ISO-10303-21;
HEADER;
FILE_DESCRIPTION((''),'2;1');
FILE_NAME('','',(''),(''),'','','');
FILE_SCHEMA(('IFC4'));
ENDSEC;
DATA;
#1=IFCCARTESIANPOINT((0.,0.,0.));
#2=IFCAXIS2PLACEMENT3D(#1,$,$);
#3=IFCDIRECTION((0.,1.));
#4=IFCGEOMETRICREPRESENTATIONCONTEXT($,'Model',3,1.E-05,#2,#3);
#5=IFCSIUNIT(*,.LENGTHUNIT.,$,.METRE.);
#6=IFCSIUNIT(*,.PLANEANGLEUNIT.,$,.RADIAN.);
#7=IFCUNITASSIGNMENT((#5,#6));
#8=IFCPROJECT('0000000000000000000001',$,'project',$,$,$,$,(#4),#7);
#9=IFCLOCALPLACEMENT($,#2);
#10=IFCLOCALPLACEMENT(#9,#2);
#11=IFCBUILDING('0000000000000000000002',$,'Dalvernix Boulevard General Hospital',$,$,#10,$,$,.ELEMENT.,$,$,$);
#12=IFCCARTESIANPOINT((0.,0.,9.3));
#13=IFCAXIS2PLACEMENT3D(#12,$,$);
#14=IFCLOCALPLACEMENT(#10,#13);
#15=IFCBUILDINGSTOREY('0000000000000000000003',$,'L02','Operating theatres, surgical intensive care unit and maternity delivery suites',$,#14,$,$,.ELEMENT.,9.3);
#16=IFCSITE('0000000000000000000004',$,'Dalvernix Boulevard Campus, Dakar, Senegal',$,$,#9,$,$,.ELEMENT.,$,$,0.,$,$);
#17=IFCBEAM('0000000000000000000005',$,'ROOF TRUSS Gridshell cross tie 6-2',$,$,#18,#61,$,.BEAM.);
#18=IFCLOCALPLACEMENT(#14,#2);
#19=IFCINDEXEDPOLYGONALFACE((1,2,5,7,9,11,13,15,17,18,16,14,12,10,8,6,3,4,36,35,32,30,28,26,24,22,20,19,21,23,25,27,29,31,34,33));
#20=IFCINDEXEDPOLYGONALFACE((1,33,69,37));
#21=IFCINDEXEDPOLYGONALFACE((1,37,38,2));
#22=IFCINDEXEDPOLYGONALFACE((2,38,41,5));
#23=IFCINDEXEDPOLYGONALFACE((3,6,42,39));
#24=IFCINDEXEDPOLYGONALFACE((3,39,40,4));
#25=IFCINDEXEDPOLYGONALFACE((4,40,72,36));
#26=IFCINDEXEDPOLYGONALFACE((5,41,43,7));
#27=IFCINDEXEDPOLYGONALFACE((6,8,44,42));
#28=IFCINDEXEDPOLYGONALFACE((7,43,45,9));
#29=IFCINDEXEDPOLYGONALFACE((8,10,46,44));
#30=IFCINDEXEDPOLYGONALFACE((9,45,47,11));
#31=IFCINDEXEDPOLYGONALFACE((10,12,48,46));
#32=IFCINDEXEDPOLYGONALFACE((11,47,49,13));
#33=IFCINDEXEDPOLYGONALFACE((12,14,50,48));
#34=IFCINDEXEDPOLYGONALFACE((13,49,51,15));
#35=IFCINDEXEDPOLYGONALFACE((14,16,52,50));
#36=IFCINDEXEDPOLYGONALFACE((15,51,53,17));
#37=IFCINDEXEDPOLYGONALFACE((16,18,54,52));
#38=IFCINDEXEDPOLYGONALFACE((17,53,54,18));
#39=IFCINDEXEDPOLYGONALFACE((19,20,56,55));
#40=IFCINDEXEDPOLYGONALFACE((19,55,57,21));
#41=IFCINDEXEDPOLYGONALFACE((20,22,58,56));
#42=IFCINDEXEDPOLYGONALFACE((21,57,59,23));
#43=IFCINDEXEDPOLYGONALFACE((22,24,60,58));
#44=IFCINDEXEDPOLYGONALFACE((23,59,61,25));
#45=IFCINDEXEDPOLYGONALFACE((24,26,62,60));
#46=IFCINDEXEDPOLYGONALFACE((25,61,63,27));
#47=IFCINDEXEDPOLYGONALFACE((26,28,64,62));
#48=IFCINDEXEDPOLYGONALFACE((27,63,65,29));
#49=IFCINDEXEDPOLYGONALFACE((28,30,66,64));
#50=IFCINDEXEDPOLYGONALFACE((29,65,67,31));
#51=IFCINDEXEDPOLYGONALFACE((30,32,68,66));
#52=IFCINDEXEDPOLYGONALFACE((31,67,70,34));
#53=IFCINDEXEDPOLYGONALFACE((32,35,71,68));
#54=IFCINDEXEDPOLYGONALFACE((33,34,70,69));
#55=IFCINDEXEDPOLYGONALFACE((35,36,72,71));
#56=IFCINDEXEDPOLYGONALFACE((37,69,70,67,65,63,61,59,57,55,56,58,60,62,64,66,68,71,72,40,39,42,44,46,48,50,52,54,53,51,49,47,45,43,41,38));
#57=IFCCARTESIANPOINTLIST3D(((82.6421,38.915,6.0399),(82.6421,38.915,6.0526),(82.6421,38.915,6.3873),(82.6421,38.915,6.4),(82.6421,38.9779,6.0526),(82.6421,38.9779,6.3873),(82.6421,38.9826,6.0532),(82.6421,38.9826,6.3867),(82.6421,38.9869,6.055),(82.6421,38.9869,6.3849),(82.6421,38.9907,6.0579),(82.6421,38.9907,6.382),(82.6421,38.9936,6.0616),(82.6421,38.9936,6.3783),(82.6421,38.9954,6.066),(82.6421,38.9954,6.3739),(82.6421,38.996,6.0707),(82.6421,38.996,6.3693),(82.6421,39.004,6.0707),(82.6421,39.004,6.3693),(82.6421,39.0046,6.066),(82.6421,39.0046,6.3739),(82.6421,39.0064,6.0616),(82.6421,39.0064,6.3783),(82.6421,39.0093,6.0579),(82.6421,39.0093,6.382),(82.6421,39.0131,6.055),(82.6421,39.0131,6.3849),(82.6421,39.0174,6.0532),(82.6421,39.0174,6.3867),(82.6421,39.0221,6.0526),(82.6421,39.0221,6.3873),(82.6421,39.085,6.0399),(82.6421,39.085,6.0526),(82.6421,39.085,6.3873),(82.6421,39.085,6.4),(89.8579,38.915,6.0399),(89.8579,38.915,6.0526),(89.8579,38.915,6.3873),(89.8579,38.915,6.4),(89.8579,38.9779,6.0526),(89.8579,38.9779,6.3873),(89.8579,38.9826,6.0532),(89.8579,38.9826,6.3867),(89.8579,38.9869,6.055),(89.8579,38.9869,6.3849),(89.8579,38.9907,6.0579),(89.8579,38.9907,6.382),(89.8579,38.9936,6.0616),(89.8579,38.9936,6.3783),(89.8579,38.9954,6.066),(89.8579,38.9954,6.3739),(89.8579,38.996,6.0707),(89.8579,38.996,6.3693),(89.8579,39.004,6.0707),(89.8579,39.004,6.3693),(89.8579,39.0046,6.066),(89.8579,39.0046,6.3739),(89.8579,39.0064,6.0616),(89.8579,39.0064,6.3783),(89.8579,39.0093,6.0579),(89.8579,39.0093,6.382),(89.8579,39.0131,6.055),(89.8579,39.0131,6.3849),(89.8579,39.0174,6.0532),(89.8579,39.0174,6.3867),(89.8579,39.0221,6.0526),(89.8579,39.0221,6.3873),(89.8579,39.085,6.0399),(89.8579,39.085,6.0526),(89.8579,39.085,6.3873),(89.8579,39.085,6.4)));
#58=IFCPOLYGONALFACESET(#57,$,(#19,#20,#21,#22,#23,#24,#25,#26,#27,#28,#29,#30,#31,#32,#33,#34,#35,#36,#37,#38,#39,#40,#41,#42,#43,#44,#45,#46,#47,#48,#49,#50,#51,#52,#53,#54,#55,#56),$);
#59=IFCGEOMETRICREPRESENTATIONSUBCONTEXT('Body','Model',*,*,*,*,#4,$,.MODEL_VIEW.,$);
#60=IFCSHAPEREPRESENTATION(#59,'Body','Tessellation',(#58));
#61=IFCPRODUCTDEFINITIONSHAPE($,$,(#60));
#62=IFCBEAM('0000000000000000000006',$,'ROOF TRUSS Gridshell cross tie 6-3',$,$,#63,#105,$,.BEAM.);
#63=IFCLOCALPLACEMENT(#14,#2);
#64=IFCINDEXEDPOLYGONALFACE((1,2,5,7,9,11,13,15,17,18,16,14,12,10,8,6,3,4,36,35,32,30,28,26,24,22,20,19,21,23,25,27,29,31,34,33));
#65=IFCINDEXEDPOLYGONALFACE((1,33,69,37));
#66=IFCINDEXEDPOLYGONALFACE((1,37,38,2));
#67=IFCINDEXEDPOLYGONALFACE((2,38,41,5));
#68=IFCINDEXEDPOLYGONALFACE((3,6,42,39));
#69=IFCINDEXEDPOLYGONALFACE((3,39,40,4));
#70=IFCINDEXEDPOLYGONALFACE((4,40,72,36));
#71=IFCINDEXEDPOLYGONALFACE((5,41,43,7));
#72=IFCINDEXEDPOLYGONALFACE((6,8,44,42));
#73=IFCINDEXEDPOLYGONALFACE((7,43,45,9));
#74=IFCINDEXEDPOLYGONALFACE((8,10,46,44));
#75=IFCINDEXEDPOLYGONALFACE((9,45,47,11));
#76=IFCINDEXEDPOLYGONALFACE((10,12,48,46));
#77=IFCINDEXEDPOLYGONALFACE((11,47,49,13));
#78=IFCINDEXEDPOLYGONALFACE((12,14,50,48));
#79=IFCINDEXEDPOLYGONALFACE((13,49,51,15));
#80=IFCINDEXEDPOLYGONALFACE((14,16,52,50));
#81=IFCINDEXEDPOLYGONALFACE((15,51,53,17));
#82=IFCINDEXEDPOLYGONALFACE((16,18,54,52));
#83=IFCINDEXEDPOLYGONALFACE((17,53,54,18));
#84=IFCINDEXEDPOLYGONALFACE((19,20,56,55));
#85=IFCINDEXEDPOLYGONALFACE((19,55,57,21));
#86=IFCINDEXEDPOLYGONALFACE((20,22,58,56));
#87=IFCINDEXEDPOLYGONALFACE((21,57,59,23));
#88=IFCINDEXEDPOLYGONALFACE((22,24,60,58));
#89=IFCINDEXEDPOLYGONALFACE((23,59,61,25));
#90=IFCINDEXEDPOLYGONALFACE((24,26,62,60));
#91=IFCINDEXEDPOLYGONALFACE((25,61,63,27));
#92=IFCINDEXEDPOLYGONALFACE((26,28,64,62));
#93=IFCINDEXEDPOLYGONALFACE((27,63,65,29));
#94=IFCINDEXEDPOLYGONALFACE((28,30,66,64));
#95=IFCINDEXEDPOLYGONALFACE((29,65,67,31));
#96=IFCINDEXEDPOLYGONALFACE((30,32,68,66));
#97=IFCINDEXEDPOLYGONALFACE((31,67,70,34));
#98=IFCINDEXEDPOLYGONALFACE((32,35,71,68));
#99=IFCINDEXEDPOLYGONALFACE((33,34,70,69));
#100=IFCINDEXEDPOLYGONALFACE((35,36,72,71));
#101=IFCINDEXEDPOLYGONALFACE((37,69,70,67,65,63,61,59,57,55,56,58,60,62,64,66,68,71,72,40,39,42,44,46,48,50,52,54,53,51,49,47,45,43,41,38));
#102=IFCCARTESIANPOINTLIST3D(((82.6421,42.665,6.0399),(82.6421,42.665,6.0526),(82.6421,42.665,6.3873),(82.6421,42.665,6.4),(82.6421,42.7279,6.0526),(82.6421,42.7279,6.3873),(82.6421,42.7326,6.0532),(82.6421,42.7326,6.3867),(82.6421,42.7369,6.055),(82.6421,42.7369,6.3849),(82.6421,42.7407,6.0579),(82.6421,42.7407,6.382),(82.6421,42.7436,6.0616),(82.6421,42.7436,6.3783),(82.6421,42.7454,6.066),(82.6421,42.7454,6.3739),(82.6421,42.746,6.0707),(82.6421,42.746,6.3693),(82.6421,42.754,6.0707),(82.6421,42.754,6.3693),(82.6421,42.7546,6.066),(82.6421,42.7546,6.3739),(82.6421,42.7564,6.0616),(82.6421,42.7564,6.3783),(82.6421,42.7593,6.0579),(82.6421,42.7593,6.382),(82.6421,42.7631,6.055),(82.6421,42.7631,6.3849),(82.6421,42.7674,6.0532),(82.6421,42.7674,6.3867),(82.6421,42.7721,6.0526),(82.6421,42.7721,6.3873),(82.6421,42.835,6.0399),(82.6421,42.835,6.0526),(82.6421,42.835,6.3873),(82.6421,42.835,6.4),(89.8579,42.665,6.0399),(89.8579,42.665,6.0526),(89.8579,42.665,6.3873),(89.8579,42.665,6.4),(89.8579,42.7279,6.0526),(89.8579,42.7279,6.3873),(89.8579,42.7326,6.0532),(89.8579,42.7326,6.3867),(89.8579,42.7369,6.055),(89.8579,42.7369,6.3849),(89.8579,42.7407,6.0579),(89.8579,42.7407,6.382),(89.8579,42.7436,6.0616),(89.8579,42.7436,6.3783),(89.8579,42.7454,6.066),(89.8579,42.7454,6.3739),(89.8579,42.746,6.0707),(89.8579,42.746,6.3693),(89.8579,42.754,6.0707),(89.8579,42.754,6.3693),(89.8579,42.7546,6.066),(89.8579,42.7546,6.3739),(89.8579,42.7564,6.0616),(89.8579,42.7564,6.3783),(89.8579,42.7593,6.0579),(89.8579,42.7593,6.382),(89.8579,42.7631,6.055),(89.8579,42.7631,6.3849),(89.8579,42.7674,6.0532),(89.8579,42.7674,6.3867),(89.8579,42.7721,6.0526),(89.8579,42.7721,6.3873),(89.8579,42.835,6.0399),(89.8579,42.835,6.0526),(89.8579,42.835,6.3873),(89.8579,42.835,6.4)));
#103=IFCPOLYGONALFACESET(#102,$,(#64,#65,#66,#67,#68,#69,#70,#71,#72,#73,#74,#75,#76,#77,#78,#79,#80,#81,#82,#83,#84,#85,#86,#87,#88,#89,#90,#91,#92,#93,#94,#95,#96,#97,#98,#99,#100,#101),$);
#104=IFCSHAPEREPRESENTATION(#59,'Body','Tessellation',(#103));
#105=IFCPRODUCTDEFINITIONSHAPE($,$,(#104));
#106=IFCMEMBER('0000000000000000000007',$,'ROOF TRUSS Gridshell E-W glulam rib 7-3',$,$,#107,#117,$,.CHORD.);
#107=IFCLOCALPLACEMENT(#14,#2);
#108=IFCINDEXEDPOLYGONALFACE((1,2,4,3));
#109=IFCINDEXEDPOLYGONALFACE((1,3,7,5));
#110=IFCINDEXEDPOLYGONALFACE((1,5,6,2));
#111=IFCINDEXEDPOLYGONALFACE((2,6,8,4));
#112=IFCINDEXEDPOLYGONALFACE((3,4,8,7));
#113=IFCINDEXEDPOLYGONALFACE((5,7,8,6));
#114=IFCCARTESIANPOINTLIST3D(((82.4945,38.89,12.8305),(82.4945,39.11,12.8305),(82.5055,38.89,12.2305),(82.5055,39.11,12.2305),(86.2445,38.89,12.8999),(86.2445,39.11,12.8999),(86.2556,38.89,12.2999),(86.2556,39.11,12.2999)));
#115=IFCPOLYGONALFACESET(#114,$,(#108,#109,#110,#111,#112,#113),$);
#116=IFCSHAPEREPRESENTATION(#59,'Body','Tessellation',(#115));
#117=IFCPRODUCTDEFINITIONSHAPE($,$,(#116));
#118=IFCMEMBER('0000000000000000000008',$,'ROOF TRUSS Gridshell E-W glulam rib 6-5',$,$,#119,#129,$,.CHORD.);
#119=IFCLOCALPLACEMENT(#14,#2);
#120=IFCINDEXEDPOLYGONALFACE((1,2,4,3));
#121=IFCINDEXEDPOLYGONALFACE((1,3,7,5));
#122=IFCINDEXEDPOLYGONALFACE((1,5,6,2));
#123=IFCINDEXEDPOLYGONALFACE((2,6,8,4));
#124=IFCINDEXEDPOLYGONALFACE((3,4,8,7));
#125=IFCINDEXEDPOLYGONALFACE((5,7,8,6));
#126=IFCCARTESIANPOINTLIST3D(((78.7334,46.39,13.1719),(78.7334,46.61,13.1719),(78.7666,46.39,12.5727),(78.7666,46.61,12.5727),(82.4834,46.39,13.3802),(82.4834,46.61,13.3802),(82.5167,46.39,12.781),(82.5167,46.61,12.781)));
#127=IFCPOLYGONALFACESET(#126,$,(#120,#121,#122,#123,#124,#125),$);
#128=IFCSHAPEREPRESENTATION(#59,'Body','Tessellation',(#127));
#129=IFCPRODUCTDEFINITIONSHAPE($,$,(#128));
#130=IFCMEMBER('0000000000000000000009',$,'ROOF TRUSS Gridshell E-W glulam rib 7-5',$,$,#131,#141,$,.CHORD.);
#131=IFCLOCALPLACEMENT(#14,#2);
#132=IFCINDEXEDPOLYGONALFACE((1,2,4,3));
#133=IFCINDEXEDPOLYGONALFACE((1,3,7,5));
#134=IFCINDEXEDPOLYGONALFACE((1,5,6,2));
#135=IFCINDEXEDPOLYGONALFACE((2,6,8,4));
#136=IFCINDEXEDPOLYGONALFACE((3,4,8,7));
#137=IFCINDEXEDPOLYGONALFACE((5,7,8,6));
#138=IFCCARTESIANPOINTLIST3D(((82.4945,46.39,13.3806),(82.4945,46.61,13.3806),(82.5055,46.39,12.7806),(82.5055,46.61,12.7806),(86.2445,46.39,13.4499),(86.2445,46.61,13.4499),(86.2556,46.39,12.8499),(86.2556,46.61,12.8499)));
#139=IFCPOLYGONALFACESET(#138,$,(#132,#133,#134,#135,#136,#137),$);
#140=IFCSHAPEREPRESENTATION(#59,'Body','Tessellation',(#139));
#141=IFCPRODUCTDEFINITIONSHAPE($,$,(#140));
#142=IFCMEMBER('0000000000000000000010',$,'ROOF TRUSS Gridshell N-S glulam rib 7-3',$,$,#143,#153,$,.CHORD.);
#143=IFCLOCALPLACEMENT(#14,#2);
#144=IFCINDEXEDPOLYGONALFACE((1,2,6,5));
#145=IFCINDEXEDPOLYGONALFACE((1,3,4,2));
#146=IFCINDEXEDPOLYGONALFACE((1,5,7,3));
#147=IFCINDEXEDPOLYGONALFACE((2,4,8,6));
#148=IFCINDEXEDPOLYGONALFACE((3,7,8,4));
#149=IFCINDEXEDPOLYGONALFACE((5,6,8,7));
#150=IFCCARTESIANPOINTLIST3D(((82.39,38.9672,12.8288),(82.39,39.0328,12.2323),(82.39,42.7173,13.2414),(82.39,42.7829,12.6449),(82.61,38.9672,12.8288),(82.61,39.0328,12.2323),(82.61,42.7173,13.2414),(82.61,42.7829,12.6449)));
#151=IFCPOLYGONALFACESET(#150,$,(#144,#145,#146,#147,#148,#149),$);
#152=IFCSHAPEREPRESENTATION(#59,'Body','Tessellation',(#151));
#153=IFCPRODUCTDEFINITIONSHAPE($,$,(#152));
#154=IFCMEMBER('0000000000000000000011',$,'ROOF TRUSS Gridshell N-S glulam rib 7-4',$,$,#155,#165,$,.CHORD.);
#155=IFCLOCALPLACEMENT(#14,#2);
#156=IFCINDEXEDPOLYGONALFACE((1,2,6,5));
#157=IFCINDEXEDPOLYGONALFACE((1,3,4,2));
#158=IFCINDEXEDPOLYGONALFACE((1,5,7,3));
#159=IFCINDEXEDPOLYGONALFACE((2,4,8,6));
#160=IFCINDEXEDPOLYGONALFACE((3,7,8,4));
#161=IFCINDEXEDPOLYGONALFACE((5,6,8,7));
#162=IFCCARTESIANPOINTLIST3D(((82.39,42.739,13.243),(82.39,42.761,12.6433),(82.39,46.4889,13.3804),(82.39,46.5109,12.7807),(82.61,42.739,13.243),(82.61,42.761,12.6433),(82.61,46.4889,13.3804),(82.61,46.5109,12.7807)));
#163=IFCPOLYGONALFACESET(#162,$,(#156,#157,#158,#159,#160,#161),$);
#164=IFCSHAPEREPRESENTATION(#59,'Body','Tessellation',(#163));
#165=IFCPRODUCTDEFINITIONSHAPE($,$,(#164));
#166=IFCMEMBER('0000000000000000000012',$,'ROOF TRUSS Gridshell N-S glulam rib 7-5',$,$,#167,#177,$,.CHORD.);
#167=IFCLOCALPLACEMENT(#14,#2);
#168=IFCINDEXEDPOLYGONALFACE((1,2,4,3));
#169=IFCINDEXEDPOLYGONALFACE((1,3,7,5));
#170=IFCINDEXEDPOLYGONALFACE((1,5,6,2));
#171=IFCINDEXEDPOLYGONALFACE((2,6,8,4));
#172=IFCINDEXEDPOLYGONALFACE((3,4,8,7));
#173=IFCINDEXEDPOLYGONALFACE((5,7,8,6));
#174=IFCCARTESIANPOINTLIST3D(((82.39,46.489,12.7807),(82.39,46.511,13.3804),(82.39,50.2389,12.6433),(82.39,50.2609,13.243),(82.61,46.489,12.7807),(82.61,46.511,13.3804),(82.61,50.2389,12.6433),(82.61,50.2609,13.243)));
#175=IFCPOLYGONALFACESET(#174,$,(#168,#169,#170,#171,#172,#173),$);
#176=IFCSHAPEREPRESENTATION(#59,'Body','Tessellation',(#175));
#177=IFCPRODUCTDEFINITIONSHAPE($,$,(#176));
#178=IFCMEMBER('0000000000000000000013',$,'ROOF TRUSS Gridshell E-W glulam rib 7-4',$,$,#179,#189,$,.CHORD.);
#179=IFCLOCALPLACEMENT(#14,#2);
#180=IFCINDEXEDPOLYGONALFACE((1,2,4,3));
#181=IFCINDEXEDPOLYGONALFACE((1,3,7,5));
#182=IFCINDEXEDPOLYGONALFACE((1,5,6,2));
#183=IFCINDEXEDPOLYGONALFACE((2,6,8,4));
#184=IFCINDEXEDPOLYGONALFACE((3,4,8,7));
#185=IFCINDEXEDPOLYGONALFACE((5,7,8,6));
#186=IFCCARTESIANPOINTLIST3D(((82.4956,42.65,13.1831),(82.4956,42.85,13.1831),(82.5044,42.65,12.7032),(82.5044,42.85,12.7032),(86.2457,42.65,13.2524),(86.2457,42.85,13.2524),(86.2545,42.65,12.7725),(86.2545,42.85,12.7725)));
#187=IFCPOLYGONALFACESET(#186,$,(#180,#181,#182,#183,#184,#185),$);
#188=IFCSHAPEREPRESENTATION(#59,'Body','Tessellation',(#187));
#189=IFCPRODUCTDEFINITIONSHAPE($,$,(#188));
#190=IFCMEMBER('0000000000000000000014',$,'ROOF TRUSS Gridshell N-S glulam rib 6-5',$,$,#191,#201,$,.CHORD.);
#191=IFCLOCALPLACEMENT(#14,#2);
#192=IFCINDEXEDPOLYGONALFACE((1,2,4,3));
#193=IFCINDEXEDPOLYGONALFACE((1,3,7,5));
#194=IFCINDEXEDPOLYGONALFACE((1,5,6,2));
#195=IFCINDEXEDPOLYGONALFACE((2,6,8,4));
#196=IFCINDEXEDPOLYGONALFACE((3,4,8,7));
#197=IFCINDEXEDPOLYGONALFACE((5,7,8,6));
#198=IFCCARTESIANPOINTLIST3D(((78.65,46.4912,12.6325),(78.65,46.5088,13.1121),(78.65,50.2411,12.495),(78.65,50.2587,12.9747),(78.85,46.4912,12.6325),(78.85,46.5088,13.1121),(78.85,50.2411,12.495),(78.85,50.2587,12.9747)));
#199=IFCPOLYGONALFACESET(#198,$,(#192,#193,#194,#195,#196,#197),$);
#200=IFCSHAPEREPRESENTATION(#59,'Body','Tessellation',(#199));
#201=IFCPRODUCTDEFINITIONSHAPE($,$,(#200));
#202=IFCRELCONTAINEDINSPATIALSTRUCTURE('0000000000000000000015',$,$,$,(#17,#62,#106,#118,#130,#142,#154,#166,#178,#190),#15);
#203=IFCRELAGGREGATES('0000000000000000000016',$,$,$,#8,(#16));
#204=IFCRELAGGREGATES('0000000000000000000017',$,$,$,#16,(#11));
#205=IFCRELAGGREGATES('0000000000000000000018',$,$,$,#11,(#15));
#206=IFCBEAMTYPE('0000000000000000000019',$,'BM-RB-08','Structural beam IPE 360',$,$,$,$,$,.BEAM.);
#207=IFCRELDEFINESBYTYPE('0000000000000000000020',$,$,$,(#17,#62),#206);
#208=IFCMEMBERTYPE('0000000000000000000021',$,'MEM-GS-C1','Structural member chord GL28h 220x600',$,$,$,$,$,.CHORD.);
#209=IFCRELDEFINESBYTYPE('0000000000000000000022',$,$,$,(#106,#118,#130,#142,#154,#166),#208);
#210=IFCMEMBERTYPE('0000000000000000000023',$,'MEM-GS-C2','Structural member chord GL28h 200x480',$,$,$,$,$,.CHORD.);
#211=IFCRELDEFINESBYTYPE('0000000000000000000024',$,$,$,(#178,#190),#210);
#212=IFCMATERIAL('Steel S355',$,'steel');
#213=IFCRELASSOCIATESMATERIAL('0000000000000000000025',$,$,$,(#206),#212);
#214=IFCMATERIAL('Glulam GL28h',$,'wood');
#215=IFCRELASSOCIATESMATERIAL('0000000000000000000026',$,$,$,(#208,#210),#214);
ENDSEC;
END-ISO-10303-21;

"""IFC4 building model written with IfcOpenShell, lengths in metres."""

from ifc_helpers import new_model, si_unit, direction, frame, origin, origin_2d, place, context, subcontext, project, spatial, rectangle, i_section, extrude, material, material_profile, profile_set, type_object, element, save


model = new_model("IFC4")

# Units and contexts
model_context = context("Model", 3, precision=1e-05, world=origin(), true_north=direction((0.0, 1.0)))
body_context = subcontext(model_context, "Body", "Model", "MODEL_VIEW")
ifc_project = project(units=[si_unit("LENGTHUNIT", "METRE"), si_unit("PLANEANGLEUNIT", "RADIAN")], contexts=[model_context])

# Site, building, storey
site_placement = place(None, origin())
site = spatial("IfcSite", under=ifc_project, at=site_placement, Name="Dalvernix Boulevard Campus, Dakar, Senegal", CompositionType="ELEMENT", RefElevation=0.0)
building_placement = place(site_placement, origin())
building = spatial("IfcBuilding", under=site, at=building_placement, Name="Dalvernix Boulevard General Hospital", CompositionType="ELEMENT")
storey_placement = place(building_placement, frame((0.0, 0.0, 9.3)))
storey = spatial("IfcBuildingStorey", under=building, at=storey_placement, Name="L02", Description="Operating theatres, surgical intensive care unit and maternity delivery suites", CompositionType="ELEMENT", Elevation=9.3)

# Beams
ifc_material_1 = material(Name="Steel S355", Category="steel")
ifc_material_profile_1 = material_profile(ifc_material_1, i_section(OverallWidth=0.1699, OverallDepth=0.3601, WebThickness=0.0081, FlangeThickness=0.0127, FilletRadius=0.0181, at=origin_2d()), Name="IPE 360")
ifc_profile_set_1 = profile_set([ifc_material_profile_1], Name="Steel S355")
beam_type = type_object("IfcBeamType", Name="BM-RB-08", Description="Structural beam IPE 360", PredefinedType="BEAM", material=ifc_profile_set_1)
for number, where, z_axis, x_axis, name in (
    (1, (82.6421, 39.0, 6.22), (1.0, 0.0, 0.0), (0.0, 1.0, 0.0), "ROOF TRUSS Gridshell cross tie 6-2"),
    (2, (82.6421, 42.75, 6.22), (1.0, 0.0, 0.0), (0.0, 1.0, 0.0), "ROOF TRUSS Gridshell cross tie 6-3"),
):
    element("IfcBeam", number, at=place(storey_placement, frame(where, z_axis=z_axis, x_axis=x_axis)), inside=storey, type_object=beam_type, Name=name, PredefinedType="BEAM", context=body_context, shape_type="SweptSolid", body=[
        extrude(i_section(OverallWidth=0.1699, OverallDepth=0.3601, WebThickness=0.0081, FlangeThickness=0.0127, FilletRadius=0.0181, at=origin_2d()), origin(), (0.0, 0.0, 1.0), 7.2158),
    ])

# Members
ifc_material_2 = material(Name="Glulam GL28h", Category="wood")
ifc_material_profile_2 = material_profile(ifc_material_2, rectangle(XDim=0.22, YDim=0.6001, at=origin_2d()), Name="GL28h 220x600")
ifc_profile_set_2 = profile_set([ifc_material_profile_2], Name="Glulam GL28h")
member_type_1 = type_object("IfcMemberType", Name="MEM-GS-C1", Description="Structural member chord GL28h 220x600", PredefinedType="CHORD", material=ifc_profile_set_2)
member_1_placement = place(storey_placement, frame((82.5, 39.0, 12.5305), z_axis=(0.999829, 0.0, 0.018486), x_axis=(0.0, 1.0, 0.0)))
element("IfcMember", 3, at=member_1_placement, inside=storey, type_object=member_type_1, Name="ROOF TRUSS Gridshell E-W glulam rib 7-3", PredefinedType="CHORD", context=body_context, shape_type="SweptSolid", body=[
    extrude(rectangle(XDim=0.22, YDim=0.6001, at=origin_2d()), origin(), (0.0, 0.0, 1.0), 3.7507),
])
member_2_placement = place(storey_placement, frame((78.75, 46.5, 12.8723), z_axis=(0.998462, 0.0, 0.055448), x_axis=(0.0, 1.0, 0.0)))
element("IfcMember", 4, at=member_2_placement, inside=storey, type_object=member_type_1, Name="ROOF TRUSS Gridshell E-W glulam rib 6-5", PredefinedType="CHORD", context=body_context, shape_type="SweptSolid", body=[
    extrude(rectangle(XDim=0.22, YDim=0.6001, at=origin_2d()), origin(), (0.0, 0.0, 1.0), 3.7559),
])
member_3_placement = place(storey_placement, frame((82.5, 46.5, 13.0806), z_axis=(0.999829, 0.0, 0.018486), x_axis=(0.0, 1.0, 0.0)))
element("IfcMember", 5, at=member_3_placement, inside=storey, type_object=member_type_1, Name="ROOF TRUSS Gridshell E-W glulam rib 7-5", PredefinedType="CHORD", context=body_context, shape_type="SweptSolid", body=[
    extrude(rectangle(XDim=0.22, YDim=0.6001, at=origin_2d()), origin(), (0.0, 0.0, 1.0), 3.7507),
])
member_4_placement = place(storey_placement, frame((82.5, 39.0, 12.5305), z_axis=(0.0, 0.994002, 0.109366), x_axis=(-1.0, 0.0, 0.0)))
element("IfcMember", 6, at=member_4_placement, inside=storey, type_object=member_type_1, Name="ROOF TRUSS Gridshell N-S glulam rib 7-3", PredefinedType="CHORD", context=body_context, shape_type="SweptSolid", body=[
    extrude(rectangle(XDim=0.22, YDim=0.6001, at=origin_2d()), origin(), (0.0, 0.0, 1.0), 3.7727),
])
for number, where, z_axis, x_axis, name in (
    (7, (82.5, 42.75, 12.9431), (0.0, 0.999329, 0.036629), (-1.0, 0.0, 0.0), "ROOF TRUSS Gridshell N-S glulam rib 7-4"),
    (8, (82.5, 46.5, 13.0806), (0.0, 0.999329, -0.036629), (-1.0, 0.0, 0.0), "ROOF TRUSS Gridshell N-S glulam rib 7-5"),
):
    element("IfcMember", number, at=place(storey_placement, frame(where, z_axis=z_axis, x_axis=x_axis)), inside=storey, type_object=member_type_1, Name=name, PredefinedType="CHORD", context=body_context, shape_type="SweptSolid", body=[
        extrude(rectangle(XDim=0.22, YDim=0.6001, at=origin_2d()), origin(), (0.0, 0.0, 1.0), 3.7524),
    ])
ifc_material_profile_3 = material_profile(ifc_material_2, rectangle(XDim=0.2, YDim=0.48, at=origin_2d()), Name="GL28h 200x480")
ifc_profile_set_3 = profile_set([ifc_material_profile_3], Name="Glulam GL28h")
member_type_2 = type_object("IfcMemberType", Name="MEM-GS-C2", Description="Structural member chord GL28h 200x480", PredefinedType="CHORD", material=ifc_profile_set_3)
member_5_placement = place(storey_placement, frame((82.5, 42.75, 12.9431), z_axis=(0.999829, 0.0, 0.018486), x_axis=(0.0, 1.0, 0.0)))
element("IfcMember", 9, at=member_5_placement, inside=storey, type_object=member_type_2, Name="ROOF TRUSS Gridshell E-W glulam rib 7-4", PredefinedType="CHORD", context=body_context, shape_type="SweptSolid", body=[
    extrude(rectangle(XDim=0.2, YDim=0.48, at=origin_2d()), origin(), (0.0, 0.0, 1.0), 3.7507),
])
member_6_placement = place(storey_placement, frame((78.75, 46.5, 12.8723), z_axis=(0.0, 0.999329, -0.036629), x_axis=(-1.0, 0.0, 0.0)))
element("IfcMember", 10, at=member_6_placement, inside=storey, type_object=member_type_2, Name="ROOF TRUSS Gridshell N-S glulam rib 6-5", PredefinedType="CHORD", context=body_context, shape_type="SweptSolid", body=[
    extrude(rectangle(XDim=0.2, YDim=0.48, at=origin_2d()), origin(), (0.0, 0.0, 1.0), 3.7524),
])

save(model, "model.ifc")
